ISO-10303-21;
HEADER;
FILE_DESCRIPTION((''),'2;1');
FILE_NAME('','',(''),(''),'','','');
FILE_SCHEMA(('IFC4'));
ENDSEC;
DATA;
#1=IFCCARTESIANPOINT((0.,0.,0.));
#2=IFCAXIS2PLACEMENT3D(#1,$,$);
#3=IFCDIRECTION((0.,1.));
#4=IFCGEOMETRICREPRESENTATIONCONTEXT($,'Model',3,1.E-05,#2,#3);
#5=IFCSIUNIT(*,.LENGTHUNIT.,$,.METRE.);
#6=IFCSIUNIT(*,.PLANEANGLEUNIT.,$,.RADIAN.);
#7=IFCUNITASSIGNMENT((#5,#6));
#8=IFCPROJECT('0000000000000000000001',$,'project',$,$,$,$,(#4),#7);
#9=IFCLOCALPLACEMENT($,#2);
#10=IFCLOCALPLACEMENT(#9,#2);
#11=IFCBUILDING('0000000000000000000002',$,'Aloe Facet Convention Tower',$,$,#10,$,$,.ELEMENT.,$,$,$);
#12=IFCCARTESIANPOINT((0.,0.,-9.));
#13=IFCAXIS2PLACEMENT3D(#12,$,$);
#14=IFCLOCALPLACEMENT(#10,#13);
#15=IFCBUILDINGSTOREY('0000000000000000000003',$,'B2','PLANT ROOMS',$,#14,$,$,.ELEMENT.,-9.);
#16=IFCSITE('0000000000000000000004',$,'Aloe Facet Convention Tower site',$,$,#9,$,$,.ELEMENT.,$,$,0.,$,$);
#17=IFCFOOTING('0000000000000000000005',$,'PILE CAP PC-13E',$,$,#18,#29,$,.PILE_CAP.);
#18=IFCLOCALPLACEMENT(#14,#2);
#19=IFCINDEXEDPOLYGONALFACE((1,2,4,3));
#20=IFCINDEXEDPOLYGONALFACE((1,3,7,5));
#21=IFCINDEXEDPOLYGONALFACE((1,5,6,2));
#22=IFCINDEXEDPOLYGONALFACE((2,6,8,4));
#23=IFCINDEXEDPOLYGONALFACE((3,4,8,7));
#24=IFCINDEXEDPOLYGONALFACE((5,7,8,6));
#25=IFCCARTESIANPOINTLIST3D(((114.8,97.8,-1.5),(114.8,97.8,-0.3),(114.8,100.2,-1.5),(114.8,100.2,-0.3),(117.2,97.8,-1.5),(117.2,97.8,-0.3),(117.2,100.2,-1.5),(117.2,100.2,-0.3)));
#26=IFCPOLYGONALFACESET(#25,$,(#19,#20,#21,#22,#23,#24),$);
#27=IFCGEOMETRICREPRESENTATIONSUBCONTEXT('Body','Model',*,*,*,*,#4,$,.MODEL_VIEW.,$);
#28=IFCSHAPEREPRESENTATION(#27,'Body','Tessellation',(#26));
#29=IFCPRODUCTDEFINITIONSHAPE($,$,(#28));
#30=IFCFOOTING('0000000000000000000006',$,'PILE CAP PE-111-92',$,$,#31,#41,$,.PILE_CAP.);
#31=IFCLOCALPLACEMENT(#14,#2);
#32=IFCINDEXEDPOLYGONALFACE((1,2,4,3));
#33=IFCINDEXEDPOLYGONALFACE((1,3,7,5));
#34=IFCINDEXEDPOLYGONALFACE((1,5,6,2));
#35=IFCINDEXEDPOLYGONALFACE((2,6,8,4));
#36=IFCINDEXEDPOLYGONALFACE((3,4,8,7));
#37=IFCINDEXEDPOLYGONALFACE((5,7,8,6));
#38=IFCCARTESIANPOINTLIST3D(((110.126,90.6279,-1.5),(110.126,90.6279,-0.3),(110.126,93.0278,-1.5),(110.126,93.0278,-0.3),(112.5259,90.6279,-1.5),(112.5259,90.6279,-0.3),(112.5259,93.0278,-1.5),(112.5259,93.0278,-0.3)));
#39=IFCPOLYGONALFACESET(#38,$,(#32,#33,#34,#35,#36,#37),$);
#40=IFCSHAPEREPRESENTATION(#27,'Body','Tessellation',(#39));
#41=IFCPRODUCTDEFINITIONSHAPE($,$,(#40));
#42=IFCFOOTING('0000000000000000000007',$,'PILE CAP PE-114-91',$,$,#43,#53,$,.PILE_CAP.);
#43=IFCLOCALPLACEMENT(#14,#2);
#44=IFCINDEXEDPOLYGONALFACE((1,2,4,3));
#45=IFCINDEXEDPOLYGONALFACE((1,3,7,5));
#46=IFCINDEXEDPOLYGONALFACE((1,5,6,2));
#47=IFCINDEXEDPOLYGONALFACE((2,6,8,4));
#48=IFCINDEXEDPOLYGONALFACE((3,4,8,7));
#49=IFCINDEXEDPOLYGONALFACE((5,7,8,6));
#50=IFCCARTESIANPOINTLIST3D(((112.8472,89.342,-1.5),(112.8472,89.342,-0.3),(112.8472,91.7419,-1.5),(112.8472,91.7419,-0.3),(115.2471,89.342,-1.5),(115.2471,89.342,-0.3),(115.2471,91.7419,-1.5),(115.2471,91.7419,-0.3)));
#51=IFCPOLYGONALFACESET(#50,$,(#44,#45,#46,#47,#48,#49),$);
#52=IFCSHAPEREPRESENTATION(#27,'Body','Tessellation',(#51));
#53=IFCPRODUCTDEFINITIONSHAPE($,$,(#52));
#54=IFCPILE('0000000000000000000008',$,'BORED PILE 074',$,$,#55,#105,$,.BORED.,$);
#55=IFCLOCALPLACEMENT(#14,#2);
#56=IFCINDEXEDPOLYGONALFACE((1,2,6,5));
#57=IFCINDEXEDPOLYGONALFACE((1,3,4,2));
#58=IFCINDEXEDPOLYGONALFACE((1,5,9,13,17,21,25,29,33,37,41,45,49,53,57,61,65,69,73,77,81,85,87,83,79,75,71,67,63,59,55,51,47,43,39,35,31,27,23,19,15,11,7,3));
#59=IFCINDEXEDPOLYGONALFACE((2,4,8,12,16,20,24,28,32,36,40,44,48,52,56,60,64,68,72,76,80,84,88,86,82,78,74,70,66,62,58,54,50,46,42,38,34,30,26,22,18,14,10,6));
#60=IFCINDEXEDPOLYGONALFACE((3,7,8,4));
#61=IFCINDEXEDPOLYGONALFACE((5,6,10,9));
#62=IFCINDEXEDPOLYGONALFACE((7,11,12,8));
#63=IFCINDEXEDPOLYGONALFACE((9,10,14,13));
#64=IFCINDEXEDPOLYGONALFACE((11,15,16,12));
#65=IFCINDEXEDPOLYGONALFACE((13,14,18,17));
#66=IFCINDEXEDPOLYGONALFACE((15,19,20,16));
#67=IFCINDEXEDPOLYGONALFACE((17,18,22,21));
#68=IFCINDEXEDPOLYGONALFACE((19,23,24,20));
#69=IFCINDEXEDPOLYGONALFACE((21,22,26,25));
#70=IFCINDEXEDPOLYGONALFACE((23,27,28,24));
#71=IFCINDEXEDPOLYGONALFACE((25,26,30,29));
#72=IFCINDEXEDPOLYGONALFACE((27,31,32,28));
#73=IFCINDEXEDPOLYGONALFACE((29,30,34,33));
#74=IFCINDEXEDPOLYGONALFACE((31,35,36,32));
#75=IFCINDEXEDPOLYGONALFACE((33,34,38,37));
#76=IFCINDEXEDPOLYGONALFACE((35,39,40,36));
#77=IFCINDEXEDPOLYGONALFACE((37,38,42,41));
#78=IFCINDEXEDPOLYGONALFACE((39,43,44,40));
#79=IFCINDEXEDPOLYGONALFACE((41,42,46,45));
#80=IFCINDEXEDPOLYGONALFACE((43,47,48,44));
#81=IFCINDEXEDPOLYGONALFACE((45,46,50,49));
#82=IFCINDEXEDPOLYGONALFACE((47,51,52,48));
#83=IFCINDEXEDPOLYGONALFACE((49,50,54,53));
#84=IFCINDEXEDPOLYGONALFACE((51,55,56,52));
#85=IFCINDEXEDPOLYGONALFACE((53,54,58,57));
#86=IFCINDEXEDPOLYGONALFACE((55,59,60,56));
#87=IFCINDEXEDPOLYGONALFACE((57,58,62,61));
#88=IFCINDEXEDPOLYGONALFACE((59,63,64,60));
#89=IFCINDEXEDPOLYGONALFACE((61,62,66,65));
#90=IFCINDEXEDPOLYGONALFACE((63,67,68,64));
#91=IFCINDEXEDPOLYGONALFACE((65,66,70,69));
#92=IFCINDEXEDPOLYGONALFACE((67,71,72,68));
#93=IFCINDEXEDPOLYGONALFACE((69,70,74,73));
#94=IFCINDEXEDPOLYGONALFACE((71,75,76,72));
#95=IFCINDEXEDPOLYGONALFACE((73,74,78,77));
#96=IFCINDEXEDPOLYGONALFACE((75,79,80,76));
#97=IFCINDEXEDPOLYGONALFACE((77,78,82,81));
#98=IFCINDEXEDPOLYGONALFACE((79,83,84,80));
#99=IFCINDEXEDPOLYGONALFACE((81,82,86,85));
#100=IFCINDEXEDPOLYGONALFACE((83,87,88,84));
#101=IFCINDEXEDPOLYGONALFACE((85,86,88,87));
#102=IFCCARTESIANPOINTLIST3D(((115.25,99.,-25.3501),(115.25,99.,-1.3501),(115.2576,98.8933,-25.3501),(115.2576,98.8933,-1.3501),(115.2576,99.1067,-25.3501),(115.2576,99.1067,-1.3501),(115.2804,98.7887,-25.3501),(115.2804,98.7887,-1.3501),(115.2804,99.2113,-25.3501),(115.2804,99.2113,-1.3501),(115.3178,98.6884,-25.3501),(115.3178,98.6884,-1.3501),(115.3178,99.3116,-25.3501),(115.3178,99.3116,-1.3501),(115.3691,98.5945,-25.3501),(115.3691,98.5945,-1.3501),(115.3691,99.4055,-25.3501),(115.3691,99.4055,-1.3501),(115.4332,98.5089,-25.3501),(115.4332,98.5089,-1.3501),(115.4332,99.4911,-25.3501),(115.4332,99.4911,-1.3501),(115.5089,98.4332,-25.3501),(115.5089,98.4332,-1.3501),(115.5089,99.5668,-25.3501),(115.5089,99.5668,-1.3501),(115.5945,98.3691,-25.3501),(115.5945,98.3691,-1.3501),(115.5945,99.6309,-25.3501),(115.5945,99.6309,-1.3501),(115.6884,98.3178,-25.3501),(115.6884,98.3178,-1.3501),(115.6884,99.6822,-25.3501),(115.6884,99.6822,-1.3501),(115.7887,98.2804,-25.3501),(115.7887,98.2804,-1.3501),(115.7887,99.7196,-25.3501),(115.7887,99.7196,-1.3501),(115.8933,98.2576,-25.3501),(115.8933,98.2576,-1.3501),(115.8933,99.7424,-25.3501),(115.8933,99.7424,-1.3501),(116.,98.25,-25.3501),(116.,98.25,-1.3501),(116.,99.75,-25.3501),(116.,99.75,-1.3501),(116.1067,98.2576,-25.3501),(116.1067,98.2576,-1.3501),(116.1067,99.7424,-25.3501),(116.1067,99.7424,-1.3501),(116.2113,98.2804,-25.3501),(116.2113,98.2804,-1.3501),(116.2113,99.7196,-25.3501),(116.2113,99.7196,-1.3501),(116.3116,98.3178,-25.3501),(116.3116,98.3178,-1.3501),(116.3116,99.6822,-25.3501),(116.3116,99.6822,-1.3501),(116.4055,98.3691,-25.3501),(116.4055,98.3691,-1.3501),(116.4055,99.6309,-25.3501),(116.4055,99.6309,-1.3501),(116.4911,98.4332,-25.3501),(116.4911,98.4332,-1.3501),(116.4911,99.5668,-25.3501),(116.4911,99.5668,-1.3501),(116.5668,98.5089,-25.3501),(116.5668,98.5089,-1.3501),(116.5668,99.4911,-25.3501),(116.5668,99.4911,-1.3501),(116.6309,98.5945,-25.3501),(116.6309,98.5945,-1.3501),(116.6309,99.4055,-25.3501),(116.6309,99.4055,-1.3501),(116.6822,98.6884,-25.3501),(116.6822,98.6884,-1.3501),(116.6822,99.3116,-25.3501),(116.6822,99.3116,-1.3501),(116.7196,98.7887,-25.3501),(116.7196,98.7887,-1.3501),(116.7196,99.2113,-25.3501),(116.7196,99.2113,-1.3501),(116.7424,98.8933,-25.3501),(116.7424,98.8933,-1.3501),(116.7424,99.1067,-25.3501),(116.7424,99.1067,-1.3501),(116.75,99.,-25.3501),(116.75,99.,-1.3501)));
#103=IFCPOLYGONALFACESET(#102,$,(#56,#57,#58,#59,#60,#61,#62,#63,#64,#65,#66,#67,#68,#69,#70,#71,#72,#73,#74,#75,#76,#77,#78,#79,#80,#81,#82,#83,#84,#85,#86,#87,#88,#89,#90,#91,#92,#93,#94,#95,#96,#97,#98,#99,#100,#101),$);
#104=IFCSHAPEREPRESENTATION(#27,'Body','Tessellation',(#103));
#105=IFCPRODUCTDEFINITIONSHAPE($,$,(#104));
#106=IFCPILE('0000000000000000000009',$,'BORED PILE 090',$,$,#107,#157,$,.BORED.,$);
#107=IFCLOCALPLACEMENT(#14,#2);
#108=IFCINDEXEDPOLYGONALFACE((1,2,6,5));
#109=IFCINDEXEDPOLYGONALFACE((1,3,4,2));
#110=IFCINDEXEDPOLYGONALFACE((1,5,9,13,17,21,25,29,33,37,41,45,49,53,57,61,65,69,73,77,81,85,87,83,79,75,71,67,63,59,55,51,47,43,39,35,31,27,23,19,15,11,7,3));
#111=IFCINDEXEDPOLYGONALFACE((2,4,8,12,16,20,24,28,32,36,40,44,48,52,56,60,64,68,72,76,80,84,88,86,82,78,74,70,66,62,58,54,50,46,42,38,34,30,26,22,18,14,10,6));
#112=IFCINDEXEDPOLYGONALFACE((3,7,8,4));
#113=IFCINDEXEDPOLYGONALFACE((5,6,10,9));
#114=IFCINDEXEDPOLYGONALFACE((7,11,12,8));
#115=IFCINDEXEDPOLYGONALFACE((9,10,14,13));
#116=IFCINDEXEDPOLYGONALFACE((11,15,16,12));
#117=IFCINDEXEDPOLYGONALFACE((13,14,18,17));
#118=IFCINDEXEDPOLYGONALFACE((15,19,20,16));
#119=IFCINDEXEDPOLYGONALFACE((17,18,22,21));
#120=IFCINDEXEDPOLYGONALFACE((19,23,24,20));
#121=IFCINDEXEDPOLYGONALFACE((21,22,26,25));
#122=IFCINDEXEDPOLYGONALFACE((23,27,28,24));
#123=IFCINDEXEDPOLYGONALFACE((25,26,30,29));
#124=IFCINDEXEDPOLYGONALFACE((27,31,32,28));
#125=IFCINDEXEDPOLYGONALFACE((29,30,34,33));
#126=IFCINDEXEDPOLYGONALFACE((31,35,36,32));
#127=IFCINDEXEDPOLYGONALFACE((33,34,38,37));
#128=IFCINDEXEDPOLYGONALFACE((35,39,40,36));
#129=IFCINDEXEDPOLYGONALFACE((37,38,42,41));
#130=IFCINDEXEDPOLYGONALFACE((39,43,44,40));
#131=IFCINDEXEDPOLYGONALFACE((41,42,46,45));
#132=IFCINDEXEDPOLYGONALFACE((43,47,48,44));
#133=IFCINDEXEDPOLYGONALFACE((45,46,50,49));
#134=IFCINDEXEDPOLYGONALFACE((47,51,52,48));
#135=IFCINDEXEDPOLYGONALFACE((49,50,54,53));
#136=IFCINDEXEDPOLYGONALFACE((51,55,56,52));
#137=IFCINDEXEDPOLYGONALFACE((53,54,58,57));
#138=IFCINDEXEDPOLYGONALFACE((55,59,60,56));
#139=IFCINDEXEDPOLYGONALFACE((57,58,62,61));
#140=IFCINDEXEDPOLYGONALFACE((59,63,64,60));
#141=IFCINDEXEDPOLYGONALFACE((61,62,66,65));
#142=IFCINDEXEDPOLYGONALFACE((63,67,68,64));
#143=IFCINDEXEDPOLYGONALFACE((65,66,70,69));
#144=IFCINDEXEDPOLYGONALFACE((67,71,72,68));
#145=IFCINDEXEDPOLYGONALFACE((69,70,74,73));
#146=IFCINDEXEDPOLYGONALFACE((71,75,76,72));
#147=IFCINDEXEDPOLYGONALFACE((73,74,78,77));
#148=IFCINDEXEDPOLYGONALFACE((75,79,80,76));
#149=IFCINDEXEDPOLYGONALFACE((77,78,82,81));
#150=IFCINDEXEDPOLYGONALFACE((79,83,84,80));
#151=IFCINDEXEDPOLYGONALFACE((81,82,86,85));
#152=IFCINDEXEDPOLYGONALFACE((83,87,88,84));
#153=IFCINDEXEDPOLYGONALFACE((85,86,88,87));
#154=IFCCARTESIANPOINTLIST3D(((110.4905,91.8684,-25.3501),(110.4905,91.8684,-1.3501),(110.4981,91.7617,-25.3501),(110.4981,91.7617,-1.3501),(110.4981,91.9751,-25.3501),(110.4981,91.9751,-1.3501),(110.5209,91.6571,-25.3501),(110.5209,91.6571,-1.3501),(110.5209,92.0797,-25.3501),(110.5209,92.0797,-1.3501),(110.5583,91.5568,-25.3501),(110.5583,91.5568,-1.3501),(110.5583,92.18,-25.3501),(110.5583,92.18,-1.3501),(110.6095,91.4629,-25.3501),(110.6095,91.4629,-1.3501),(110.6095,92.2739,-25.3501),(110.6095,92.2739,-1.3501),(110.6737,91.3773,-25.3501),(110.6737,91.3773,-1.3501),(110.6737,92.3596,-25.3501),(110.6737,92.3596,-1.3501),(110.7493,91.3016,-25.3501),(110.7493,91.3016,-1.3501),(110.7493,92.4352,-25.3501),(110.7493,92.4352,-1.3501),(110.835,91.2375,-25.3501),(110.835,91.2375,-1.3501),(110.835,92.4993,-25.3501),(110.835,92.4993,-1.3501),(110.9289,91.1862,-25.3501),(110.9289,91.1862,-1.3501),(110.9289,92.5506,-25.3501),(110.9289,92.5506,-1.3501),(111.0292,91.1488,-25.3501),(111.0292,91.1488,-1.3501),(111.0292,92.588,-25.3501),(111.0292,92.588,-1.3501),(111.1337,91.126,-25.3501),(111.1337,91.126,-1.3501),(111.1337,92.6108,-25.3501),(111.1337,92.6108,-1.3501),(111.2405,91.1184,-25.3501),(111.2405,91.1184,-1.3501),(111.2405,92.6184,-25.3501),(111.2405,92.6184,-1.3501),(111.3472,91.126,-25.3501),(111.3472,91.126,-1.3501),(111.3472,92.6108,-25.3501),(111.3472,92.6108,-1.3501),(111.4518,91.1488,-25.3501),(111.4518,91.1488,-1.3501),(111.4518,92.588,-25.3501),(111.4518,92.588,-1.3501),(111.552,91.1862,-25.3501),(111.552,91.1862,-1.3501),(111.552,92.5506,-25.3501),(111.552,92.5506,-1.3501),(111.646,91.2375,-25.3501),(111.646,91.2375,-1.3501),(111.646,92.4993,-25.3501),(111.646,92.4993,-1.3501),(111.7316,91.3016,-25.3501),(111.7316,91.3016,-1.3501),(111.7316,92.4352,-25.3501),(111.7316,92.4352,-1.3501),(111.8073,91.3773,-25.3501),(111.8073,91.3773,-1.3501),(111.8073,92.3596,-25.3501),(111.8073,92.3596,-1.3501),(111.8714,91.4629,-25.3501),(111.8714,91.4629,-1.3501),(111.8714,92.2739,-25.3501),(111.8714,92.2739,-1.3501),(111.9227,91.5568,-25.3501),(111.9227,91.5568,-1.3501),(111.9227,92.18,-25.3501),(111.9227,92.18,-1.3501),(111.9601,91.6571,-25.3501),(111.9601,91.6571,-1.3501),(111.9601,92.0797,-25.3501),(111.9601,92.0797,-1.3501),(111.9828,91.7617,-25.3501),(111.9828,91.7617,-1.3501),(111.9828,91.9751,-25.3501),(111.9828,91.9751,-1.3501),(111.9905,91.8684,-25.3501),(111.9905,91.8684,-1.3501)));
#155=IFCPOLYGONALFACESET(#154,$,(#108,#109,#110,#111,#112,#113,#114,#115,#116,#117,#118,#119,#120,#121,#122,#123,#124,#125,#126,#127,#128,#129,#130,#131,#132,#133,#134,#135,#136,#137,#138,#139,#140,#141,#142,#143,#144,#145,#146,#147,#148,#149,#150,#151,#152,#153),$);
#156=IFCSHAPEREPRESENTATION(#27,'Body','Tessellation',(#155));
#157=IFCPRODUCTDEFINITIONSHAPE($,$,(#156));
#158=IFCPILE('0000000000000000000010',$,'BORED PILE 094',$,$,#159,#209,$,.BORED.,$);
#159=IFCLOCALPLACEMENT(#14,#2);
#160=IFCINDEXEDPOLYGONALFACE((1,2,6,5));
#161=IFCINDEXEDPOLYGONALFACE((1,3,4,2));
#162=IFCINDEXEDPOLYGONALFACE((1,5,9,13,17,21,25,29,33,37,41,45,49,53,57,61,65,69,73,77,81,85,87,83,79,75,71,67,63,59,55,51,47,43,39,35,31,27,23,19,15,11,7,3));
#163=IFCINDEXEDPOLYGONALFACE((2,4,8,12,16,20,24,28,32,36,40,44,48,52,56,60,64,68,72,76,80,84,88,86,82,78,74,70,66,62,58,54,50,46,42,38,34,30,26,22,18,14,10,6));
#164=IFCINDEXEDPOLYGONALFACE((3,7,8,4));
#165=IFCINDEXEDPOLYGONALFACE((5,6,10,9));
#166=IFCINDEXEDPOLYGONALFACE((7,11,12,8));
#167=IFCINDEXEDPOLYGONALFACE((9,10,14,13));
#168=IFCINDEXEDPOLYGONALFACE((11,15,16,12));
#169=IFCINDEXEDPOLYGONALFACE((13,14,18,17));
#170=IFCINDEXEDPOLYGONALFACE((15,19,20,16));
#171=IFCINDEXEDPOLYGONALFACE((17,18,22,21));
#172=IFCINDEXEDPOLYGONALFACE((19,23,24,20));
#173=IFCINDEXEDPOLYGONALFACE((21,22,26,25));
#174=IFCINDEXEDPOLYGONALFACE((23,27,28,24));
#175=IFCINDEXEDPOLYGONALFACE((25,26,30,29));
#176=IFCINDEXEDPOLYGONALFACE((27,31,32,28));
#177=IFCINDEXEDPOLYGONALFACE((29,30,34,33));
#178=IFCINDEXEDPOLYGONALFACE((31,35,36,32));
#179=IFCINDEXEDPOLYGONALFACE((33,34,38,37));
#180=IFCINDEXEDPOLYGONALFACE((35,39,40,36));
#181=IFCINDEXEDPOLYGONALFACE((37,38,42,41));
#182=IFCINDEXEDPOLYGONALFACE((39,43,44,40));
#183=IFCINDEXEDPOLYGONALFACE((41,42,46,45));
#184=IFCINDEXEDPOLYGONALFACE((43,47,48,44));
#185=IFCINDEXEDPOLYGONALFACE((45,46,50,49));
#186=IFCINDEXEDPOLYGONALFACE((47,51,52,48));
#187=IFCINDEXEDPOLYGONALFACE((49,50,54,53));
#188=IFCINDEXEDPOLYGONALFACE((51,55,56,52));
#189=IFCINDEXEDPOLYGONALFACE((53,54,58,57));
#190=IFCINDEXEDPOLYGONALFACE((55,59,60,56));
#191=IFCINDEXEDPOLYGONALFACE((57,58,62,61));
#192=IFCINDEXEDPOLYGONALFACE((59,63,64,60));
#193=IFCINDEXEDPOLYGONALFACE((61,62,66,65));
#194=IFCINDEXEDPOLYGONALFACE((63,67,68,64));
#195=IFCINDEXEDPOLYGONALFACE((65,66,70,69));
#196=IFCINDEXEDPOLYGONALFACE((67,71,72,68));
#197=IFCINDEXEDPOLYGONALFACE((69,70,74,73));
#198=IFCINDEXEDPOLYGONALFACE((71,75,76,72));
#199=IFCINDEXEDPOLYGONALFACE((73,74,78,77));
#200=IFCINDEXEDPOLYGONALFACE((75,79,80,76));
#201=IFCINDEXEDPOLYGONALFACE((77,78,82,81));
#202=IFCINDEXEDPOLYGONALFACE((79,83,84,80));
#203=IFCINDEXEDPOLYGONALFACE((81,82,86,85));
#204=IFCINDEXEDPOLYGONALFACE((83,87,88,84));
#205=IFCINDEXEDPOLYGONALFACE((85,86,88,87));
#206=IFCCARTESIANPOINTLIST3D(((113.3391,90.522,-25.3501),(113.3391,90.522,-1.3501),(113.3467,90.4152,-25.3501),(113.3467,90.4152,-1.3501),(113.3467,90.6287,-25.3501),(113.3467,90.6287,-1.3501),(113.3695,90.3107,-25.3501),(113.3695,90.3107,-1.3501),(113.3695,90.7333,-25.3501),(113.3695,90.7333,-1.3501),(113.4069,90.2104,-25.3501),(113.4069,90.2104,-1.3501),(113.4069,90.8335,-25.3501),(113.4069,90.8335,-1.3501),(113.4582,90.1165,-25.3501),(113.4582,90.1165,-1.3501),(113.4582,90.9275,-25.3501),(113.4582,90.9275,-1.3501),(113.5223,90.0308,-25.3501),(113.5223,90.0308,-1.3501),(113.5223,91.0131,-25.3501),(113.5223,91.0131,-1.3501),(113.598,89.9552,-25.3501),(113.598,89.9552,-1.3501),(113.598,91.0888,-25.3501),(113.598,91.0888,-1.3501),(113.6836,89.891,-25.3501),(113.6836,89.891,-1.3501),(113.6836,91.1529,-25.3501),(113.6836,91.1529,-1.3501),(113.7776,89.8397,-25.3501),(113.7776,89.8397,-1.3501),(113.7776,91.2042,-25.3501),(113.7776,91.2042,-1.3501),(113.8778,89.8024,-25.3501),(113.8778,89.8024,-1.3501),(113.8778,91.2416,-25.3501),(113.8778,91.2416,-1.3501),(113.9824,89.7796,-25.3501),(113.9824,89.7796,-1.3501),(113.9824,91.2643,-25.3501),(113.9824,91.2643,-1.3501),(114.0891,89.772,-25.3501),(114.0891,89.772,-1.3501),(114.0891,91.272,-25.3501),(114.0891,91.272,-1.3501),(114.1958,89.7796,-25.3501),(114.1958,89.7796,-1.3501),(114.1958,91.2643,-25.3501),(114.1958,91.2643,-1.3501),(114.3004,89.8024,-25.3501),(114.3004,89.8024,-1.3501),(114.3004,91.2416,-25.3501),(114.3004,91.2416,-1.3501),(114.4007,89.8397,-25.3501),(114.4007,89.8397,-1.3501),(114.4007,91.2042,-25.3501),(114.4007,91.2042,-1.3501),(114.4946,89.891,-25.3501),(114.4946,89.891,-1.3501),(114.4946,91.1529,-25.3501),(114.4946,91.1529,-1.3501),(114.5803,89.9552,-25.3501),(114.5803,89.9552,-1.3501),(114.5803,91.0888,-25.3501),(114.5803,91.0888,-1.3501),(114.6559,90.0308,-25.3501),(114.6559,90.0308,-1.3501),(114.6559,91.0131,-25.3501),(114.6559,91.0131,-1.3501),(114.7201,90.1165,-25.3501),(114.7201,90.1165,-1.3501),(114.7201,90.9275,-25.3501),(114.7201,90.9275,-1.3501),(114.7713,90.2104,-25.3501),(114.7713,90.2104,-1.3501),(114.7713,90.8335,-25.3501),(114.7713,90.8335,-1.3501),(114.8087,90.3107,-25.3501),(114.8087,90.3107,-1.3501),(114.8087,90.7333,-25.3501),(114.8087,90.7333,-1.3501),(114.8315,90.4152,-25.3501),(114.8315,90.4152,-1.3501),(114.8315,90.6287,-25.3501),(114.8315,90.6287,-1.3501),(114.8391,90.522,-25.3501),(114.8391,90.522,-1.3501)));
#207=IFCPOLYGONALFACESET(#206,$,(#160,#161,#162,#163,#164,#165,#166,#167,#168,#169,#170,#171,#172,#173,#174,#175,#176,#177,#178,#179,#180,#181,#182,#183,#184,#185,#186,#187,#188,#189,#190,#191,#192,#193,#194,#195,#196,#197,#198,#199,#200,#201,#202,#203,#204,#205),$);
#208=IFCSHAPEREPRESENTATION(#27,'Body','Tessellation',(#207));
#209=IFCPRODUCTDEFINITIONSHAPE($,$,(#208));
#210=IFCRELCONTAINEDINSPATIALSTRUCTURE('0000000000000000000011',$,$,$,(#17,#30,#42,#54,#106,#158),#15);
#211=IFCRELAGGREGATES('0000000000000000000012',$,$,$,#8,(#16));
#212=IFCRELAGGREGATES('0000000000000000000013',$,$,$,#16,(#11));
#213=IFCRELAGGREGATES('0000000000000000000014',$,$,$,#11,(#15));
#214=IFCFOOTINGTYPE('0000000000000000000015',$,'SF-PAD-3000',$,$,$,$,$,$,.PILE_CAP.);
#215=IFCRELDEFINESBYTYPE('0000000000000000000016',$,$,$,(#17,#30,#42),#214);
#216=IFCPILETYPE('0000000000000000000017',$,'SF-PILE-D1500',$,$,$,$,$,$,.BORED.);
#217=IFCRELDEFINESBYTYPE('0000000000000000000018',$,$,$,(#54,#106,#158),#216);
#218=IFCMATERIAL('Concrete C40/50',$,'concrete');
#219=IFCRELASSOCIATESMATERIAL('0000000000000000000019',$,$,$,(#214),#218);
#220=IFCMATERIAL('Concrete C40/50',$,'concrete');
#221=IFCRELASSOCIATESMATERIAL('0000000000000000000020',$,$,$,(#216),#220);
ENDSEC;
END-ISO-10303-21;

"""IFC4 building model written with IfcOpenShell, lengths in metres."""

from ifc_helpers import new_model, si_unit, direction, frame, origin, origin_2d, place, context, subcontext, project, spatial, rectangle, circle, extrude, material, material_profile, profile_set, type_object, element, save


model = new_model("IFC4")

# Units and contexts
model_context = context("Model", 3, precision=1e-05, world=origin(), true_north=direction((0.0, 1.0)))
body_context = subcontext(model_context, "Body", "Model", "MODEL_VIEW")
ifc_project = project(units=[si_unit("LENGTHUNIT", "METRE"), si_unit("PLANEANGLEUNIT", "RADIAN")], contexts=[model_context])

# Site, building, storey
site_placement = place(None, origin())
site = spatial("IfcSite", under=ifc_project, at=site_placement, Name="Aloe Facet Convention Tower site", CompositionType="ELEMENT", RefElevation=0.0)
building_placement = place(site_placement, origin())
building = spatial("IfcBuilding", under=site, at=building_placement, Name="Aloe Facet Convention Tower", CompositionType="ELEMENT")
storey_placement = place(building_placement, frame((0.0, 0.0, -9.0)))
storey = spatial("IfcBuildingStorey", under=building, at=storey_placement, Name="B2", Description="PLANT ROOMS", CompositionType="ELEMENT", Elevation=-9.0)

# Footings
ifc_material_1 = material(Name="Concrete C40/50", Category="concrete")
footing_type = type_object("IfcFootingType", Name="SF-PAD-3000", PredefinedType="PILE_CAP", material=ifc_material_1)
for number, where, z_axis, x_axis, name in (
    (1, (116.0, 99.0, -1.5), (0.0, 0.0, 1.0), (1.0, 0.0, 0.0), "PILE CAP PC-13E"),
    (2, (111.3259, 91.8279, -1.5), (0.0, 0.0, 1.0), (1.0, 0.0, 0.0), "PILE CAP PE-111-92"),
    (3, (114.0471, 90.542, -1.5), (0.0, 0.0, 1.0), (1.0, 0.0, 0.0), "PILE CAP PE-114-91"),
):
    element("IfcFooting", number, at=place(storey_placement, frame(where, z_axis=z_axis, x_axis=x_axis)), inside=storey, type_object=footing_type, Name=name, PredefinedType="PILE_CAP", context=body_context, shape_type="SweptSolid", body=[
        extrude(rectangle(XDim=2.3999, YDim=2.3999, at=origin_2d()), origin(), (0.0, 0.0, 1.0), 1.2),
    ])

# Piles
ifc_material_2 = material(Name="Concrete C40/50", Category="concrete")
ifc_material_profile_1 = material_profile(ifc_material_2, circle(Radius=0.75, at=origin_2d()), Name="D1500")
ifc_profile_set_1 = profile_set([ifc_material_profile_1], Name="Concrete C40/50")
pile_type = type_object("IfcPileType", Name="SF-PILE-D1500", PredefinedType="BORED", material=ifc_profile_set_1)
for number, where, z_axis, x_axis, name in (
    (4, (116.0, 99.0, -1.3501), (0.0, 0.0, -1.0), (1.0, 0.0, 0.0), "BORED PILE 074"),
    (5, (111.2405, 91.8684, -1.3501), (0.0, 0.0, -1.0), (1.0, 0.0, 0.0), "BORED PILE 090"),
    (6, (114.0891, 90.522, -1.3501), (0.0, 0.0, -1.0), (1.0, 0.0, 0.0), "BORED PILE 094"),
):
    element("IfcPile", number, at=place(storey_placement, frame(where, z_axis=z_axis, x_axis=x_axis)), inside=storey, type_object=pile_type, Name=name, PredefinedType="BORED", context=body_context, shape_type="SweptSolid", body=[
        extrude(circle(Radius=0.75, at=origin_2d()), origin(), (0.0, 0.0, 1.0), 24.0),
    ])

save(model, "model.ifc")
